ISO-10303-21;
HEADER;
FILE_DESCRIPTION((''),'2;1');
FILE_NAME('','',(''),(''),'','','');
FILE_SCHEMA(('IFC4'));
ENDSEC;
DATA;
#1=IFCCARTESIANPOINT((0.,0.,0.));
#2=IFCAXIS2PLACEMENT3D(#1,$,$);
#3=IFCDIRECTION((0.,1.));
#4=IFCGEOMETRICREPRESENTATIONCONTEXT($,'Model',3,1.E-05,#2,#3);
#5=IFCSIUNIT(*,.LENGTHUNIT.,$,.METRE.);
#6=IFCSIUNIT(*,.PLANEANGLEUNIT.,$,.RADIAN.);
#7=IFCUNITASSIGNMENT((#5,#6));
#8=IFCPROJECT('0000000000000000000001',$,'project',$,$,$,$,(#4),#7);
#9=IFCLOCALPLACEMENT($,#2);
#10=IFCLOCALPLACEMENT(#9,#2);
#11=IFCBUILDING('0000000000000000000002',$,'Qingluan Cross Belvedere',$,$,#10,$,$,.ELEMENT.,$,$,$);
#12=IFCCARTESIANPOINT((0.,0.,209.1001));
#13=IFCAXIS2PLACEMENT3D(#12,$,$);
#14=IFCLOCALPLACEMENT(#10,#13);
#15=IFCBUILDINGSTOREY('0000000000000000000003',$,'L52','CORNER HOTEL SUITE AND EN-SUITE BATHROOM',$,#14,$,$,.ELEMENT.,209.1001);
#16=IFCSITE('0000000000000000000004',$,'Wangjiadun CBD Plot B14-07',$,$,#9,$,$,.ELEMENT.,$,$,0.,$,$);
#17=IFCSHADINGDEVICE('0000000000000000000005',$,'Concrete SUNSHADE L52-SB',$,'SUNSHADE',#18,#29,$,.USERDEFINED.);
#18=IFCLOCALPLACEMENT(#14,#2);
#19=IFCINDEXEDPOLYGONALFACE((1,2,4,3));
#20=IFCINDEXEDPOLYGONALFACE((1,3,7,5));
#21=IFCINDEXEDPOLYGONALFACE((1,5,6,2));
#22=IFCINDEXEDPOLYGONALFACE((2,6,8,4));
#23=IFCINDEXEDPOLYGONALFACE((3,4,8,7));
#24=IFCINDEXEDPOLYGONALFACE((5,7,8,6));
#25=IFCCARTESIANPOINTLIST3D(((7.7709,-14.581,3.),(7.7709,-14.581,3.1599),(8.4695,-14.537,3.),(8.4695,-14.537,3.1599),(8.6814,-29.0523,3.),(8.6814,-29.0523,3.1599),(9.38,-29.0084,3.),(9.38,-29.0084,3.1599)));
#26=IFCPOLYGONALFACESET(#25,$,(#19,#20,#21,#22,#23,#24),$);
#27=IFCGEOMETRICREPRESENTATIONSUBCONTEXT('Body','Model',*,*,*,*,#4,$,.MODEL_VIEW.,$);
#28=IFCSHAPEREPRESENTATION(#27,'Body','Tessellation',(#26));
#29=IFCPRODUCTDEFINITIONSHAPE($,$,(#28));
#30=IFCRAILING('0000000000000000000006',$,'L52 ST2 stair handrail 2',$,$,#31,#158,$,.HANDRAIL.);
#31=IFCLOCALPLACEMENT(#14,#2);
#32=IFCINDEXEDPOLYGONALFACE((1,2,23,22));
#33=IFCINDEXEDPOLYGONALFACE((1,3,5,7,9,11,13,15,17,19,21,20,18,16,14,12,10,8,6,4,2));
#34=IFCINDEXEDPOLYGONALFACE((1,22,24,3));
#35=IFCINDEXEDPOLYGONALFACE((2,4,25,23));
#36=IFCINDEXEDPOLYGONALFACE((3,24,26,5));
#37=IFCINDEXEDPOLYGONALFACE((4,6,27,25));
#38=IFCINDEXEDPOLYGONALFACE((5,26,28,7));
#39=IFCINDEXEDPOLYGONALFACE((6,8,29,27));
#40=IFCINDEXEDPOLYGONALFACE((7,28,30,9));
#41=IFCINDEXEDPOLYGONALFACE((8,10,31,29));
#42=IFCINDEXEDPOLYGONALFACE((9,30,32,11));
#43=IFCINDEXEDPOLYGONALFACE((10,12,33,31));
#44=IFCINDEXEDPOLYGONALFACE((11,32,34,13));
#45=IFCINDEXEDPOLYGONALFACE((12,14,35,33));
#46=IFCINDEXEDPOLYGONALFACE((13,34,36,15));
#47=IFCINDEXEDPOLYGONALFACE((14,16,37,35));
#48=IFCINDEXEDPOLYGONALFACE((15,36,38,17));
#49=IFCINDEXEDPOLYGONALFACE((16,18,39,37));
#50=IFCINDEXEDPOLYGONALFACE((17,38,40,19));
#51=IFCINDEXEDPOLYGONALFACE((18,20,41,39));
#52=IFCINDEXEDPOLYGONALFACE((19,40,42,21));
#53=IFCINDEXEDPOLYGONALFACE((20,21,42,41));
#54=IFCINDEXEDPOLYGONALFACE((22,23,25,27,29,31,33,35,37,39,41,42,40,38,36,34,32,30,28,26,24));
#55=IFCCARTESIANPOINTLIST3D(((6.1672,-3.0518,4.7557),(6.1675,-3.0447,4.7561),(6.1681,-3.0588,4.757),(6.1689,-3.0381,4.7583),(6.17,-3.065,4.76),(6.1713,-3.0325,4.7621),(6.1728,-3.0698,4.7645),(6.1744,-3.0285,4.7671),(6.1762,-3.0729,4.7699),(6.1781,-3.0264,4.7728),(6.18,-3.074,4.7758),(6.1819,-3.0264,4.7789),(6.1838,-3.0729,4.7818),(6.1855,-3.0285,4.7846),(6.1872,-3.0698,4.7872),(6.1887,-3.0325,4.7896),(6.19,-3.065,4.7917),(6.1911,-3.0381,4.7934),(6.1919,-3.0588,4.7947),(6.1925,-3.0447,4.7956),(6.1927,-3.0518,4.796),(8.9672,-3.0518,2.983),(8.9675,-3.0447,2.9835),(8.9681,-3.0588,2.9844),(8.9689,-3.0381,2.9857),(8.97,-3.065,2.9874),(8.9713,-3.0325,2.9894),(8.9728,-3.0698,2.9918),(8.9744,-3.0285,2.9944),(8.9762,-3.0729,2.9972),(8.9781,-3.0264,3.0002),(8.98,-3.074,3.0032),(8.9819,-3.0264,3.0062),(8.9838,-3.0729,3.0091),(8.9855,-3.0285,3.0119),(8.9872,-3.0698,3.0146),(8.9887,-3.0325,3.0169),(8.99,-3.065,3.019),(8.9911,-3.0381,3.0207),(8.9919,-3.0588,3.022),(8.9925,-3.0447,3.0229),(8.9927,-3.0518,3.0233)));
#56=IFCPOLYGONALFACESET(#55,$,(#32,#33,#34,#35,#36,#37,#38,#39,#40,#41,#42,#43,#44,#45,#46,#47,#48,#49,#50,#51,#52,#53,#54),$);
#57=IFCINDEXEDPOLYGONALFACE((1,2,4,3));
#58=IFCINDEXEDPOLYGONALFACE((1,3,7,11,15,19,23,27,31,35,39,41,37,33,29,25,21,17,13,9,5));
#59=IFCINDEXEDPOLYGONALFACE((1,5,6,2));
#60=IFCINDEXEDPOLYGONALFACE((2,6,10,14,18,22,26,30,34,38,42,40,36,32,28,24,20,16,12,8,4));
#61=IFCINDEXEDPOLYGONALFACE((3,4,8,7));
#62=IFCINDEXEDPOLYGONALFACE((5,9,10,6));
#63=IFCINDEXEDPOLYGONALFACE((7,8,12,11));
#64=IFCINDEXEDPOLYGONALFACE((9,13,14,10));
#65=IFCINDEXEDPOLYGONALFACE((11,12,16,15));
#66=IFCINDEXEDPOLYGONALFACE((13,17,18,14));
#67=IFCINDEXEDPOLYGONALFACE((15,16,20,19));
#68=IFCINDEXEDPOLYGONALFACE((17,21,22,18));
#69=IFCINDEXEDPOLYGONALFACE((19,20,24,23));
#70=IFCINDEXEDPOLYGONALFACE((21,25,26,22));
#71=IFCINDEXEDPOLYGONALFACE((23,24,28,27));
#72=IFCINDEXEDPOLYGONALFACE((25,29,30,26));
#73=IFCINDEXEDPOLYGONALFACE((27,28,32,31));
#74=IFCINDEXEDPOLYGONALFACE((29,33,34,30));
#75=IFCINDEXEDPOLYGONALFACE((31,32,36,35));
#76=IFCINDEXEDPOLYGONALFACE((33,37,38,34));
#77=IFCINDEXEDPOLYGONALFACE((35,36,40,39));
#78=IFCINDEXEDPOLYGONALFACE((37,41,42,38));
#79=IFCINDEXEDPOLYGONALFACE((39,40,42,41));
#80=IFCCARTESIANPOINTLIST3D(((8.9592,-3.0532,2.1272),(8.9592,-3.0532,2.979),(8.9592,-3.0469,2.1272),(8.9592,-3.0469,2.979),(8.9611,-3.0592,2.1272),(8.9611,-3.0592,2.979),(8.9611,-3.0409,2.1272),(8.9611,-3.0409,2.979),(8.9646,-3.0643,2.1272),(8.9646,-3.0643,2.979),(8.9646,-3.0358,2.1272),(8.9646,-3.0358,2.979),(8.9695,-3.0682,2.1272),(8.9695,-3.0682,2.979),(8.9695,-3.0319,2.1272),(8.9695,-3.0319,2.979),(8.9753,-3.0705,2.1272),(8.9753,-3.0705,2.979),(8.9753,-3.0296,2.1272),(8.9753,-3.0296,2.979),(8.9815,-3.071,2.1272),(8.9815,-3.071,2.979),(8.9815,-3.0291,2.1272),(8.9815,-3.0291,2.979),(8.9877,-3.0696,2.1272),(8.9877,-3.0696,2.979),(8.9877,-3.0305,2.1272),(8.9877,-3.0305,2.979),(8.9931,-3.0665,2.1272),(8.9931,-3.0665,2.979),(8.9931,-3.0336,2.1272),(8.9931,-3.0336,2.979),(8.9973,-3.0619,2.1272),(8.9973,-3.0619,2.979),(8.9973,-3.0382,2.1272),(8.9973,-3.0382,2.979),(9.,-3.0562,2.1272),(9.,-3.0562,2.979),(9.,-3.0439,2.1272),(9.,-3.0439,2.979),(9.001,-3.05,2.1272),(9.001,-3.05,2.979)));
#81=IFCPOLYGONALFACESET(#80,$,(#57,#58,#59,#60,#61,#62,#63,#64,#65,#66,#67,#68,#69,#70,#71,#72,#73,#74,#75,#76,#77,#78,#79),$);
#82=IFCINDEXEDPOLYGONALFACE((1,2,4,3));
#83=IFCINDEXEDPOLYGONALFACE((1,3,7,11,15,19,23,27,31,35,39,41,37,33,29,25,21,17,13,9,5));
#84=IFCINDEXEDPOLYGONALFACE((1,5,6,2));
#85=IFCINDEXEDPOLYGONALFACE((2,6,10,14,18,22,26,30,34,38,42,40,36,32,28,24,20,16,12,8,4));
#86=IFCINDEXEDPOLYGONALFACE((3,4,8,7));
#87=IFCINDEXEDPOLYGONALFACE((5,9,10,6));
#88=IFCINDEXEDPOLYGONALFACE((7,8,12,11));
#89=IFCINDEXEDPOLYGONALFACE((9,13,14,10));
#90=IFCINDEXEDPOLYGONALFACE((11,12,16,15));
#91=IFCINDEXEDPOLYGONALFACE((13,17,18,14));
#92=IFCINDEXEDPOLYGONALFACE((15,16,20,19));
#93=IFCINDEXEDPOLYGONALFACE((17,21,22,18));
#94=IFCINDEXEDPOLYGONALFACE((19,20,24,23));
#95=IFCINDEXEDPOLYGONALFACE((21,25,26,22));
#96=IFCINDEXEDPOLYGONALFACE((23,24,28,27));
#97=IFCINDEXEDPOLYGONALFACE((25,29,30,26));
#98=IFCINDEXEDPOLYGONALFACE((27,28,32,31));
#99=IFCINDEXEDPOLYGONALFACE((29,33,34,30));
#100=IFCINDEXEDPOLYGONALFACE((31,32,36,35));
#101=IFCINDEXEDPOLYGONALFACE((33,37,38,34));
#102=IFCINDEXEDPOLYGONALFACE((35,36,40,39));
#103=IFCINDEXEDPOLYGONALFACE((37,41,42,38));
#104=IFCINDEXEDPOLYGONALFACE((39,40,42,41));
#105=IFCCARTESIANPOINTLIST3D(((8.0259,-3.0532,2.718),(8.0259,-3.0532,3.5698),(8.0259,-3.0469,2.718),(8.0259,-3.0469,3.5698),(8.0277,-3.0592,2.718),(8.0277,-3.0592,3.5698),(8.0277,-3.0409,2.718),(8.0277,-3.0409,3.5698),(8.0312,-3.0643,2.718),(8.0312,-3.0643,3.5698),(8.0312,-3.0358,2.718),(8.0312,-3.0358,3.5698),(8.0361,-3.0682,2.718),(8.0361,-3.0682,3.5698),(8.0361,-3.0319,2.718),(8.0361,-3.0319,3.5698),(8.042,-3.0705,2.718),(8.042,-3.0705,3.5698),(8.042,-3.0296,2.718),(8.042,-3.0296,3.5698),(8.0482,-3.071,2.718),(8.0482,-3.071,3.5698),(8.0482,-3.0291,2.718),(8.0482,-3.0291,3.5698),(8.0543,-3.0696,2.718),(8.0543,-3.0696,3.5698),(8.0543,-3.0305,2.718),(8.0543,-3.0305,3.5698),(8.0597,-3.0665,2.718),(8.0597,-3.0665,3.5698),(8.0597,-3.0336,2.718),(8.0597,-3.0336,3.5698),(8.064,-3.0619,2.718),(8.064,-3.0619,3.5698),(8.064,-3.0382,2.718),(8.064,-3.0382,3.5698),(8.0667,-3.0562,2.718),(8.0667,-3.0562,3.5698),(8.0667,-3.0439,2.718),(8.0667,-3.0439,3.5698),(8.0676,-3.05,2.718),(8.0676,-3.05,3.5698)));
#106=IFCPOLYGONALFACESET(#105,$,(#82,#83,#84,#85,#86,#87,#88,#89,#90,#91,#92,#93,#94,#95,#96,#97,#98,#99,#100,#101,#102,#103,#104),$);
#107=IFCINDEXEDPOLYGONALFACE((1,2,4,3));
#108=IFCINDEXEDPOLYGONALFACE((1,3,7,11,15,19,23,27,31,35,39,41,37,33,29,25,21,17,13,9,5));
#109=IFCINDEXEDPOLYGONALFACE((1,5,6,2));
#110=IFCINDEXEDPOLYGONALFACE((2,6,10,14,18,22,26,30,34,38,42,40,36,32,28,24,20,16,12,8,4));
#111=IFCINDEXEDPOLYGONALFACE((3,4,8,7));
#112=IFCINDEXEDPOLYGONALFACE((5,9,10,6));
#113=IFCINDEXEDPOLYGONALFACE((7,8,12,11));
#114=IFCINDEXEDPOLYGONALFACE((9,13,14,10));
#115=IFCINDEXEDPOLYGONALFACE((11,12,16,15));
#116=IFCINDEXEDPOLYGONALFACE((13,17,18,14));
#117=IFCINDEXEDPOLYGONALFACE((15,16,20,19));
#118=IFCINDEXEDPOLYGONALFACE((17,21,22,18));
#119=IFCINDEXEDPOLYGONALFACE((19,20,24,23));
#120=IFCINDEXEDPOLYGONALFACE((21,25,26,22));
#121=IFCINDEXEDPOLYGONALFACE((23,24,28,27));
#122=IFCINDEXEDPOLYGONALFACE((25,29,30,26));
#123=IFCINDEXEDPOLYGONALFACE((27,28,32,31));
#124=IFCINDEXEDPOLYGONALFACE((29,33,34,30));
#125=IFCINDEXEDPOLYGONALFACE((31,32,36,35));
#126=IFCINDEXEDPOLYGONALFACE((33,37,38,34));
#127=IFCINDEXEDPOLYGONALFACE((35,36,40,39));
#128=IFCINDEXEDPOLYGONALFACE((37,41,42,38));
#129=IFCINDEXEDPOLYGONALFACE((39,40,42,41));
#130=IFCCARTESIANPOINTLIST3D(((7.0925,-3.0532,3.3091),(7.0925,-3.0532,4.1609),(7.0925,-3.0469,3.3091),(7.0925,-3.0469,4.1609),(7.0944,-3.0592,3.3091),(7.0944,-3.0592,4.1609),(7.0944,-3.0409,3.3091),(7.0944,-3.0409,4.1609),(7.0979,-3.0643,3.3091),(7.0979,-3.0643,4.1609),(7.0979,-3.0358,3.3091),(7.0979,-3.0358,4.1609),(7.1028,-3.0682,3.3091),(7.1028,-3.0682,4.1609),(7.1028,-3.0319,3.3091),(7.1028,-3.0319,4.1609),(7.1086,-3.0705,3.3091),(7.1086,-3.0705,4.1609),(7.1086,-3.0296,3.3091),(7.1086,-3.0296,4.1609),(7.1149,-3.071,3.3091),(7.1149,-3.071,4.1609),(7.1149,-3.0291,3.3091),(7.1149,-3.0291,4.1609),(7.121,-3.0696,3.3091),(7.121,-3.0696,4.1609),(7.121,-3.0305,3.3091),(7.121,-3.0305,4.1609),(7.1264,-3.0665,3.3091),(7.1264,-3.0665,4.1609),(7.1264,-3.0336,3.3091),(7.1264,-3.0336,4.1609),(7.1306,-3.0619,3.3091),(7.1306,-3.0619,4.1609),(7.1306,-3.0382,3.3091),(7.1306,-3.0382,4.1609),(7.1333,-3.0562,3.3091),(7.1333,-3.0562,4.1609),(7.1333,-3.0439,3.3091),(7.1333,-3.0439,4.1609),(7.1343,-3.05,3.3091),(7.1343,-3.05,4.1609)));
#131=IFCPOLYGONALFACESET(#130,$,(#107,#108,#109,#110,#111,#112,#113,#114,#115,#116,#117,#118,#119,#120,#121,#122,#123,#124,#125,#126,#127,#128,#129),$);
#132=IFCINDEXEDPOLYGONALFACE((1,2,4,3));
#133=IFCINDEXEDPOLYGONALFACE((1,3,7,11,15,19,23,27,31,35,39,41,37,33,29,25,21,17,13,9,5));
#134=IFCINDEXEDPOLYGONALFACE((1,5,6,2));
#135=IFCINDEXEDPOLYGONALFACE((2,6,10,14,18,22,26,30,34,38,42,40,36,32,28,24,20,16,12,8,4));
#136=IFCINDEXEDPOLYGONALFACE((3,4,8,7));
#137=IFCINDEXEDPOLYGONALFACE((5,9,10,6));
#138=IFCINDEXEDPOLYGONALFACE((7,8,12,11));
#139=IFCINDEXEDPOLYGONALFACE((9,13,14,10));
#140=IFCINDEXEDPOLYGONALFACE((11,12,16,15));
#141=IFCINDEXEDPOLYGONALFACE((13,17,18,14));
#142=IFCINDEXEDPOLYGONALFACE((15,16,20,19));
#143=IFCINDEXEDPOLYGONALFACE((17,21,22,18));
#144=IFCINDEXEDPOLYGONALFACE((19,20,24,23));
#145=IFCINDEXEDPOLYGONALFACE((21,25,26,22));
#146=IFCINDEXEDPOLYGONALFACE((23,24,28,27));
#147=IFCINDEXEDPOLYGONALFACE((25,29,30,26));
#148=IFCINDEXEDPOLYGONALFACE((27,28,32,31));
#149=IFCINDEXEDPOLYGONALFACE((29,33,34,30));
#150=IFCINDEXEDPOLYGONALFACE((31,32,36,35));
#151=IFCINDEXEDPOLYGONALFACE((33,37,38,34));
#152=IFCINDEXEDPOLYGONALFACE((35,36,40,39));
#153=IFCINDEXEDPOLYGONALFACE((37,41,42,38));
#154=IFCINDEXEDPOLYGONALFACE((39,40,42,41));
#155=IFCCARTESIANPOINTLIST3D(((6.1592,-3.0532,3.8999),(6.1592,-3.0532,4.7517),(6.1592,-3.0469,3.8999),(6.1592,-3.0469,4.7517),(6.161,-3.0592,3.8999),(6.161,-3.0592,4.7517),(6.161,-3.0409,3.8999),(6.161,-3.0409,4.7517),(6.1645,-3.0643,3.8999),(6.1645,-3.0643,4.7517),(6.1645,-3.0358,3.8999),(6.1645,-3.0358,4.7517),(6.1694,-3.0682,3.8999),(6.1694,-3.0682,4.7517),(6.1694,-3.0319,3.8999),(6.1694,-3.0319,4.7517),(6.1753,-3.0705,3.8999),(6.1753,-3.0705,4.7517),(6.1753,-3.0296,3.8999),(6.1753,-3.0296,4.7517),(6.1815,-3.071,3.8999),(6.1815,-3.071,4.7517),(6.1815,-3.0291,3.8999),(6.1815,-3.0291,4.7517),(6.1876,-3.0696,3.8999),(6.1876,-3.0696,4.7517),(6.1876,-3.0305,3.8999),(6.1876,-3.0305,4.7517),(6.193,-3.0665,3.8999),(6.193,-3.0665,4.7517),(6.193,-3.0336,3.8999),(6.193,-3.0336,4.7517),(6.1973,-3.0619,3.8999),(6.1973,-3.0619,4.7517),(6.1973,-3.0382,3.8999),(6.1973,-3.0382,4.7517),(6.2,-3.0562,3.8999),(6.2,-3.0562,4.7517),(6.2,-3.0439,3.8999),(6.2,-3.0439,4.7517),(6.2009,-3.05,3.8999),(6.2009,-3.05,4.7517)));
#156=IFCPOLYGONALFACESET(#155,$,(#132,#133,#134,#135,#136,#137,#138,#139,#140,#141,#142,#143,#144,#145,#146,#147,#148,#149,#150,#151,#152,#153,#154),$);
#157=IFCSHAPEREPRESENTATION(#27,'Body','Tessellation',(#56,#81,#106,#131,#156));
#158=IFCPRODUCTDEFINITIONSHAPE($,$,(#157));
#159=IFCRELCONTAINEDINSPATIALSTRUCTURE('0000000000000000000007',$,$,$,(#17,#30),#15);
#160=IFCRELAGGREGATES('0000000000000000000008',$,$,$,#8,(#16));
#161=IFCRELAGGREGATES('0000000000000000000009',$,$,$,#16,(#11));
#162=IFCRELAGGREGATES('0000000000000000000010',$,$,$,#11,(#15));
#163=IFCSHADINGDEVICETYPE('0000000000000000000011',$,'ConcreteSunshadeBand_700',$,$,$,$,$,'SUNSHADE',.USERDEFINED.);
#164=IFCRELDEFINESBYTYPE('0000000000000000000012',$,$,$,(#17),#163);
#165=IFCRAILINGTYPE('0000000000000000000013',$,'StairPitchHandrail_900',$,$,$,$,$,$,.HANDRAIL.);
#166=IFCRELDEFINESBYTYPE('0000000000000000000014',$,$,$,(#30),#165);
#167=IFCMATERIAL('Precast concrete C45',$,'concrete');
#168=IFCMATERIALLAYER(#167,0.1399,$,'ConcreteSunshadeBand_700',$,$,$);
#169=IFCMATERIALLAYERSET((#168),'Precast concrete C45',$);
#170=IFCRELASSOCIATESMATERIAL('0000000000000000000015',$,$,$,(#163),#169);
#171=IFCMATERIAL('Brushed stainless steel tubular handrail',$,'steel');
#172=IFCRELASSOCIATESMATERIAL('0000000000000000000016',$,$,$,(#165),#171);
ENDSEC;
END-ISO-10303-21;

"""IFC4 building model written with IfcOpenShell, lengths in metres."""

from ifc_helpers import new_model, si_unit, direction, frame, origin, origin_2d, place, context, subcontext, project, spatial, rectangle, circle, extrude, material, layer, layer_set, type_object, element, save


model = new_model("IFC4")

# Units and contexts
model_context = context("Model", 3, precision=1e-05, world=origin(), true_north=direction((0.0, 1.0)))
body_context = subcontext(model_context, "Body", "Model", "MODEL_VIEW")
ifc_project = project(units=[si_unit("LENGTHUNIT", "METRE"), si_unit("PLANEANGLEUNIT", "RADIAN")], contexts=[model_context])

# Site, building, storey
site_placement = place(None, origin())
site = spatial("IfcSite", under=ifc_project, at=site_placement, Name="Wangjiadun CBD Plot B14-07", CompositionType="ELEMENT", RefElevation=0.0)
building_placement = place(site_placement, origin())
building = spatial("IfcBuilding", under=site, at=building_placement, Name="Qingluan Cross Belvedere", CompositionType="ELEMENT")
storey_placement = place(building_placement, frame((0.0, 0.0, 209.1001)))
storey = spatial("IfcBuildingStorey", under=building, at=storey_placement, Name="L52", Description="CORNER HOTEL SUITE AND EN-SUITE BATHROOM", CompositionType="ELEMENT", Elevation=209.1001)

# Shading device
ifc_material_1 = material(Name="Precast concrete C45", Category="concrete")
ifc_layer_1 = layer(ifc_material_1, 0.1399, Name="ConcreteSunshadeBand_700")
ifc_layer_set_1 = layer_set([ifc_layer_1], Name="Precast concrete C45")
shading_device_type = type_object("IfcShadingDeviceType", Name="ConcreteSunshadeBand_700", ElementType="SUNSHADE", PredefinedType="USERDEFINED", material=ifc_layer_set_1)
shading_device_placement = place(storey_placement, frame((8.5754, -21.7947, 3.0), z_axis=(0.0, 0.0, 1.0), x_axis=(-0.062796, 0.998026, 0.0)))
element("IfcShadingDevice", 1, at=shading_device_placement, inside=storey, type_object=shading_device_type, Name="Concrete SUNSHADE L52-SB", ObjectType="SUNSHADE", PredefinedType="USERDEFINED", context=body_context, shape_type="SweptSolid", body=[
    extrude(rectangle(XDim=14.5, YDim=0.7, at=origin_2d()), origin(), (0.0, 0.0, 1.0), 0.1599),
])

# Railing
ifc_material_2 = material(Name="Brushed stainless steel tubular handrail", Category="steel")
railing_type_1 = type_object("IfcRailingType", Name="StairPitchHandrail_900", PredefinedType="HANDRAIL", material=ifc_material_2)
railing_1_placement = place(storey_placement, frame((8.98, -3.05, 2.1272)))
element("IfcRailing", 2, at=railing_1_placement, inside=storey, type_object=railing_type_1, Name="L52 ST2 stair handrail 2", PredefinedType="HANDRAIL", context=body_context, shape_type="SweptSolid", body=[
    extrude(circle(Radius=0.0239, at=origin_2d()), frame((0.0, 0.0, 0.876), z_axis=(-0.844909, 0.0, 0.53491), x_axis=(0.0, -1.0, 0.0)), (0.0, 0.0, 1.0), 3.314),
    extrude(circle(Radius=0.021, at=origin_2d()), origin(), (0.0, 0.0, 1.0), 0.8518),
    extrude(circle(Radius=0.021, at=origin_2d()), frame((-0.9333, 0.0, 0.5908)), (0.0, 0.0, 1.0), 0.8518),
    extrude(circle(Radius=0.021, at=origin_2d()), frame((-1.8667, 0.0, 1.1819)), (0.0, 0.0, 1.0), 0.8518),
    extrude(circle(Radius=0.021, at=origin_2d()), frame((-2.8, 0.0, 1.7727)), (0.0, 0.0, 1.0), 0.8518),
])

save(model, "model.ifc")
